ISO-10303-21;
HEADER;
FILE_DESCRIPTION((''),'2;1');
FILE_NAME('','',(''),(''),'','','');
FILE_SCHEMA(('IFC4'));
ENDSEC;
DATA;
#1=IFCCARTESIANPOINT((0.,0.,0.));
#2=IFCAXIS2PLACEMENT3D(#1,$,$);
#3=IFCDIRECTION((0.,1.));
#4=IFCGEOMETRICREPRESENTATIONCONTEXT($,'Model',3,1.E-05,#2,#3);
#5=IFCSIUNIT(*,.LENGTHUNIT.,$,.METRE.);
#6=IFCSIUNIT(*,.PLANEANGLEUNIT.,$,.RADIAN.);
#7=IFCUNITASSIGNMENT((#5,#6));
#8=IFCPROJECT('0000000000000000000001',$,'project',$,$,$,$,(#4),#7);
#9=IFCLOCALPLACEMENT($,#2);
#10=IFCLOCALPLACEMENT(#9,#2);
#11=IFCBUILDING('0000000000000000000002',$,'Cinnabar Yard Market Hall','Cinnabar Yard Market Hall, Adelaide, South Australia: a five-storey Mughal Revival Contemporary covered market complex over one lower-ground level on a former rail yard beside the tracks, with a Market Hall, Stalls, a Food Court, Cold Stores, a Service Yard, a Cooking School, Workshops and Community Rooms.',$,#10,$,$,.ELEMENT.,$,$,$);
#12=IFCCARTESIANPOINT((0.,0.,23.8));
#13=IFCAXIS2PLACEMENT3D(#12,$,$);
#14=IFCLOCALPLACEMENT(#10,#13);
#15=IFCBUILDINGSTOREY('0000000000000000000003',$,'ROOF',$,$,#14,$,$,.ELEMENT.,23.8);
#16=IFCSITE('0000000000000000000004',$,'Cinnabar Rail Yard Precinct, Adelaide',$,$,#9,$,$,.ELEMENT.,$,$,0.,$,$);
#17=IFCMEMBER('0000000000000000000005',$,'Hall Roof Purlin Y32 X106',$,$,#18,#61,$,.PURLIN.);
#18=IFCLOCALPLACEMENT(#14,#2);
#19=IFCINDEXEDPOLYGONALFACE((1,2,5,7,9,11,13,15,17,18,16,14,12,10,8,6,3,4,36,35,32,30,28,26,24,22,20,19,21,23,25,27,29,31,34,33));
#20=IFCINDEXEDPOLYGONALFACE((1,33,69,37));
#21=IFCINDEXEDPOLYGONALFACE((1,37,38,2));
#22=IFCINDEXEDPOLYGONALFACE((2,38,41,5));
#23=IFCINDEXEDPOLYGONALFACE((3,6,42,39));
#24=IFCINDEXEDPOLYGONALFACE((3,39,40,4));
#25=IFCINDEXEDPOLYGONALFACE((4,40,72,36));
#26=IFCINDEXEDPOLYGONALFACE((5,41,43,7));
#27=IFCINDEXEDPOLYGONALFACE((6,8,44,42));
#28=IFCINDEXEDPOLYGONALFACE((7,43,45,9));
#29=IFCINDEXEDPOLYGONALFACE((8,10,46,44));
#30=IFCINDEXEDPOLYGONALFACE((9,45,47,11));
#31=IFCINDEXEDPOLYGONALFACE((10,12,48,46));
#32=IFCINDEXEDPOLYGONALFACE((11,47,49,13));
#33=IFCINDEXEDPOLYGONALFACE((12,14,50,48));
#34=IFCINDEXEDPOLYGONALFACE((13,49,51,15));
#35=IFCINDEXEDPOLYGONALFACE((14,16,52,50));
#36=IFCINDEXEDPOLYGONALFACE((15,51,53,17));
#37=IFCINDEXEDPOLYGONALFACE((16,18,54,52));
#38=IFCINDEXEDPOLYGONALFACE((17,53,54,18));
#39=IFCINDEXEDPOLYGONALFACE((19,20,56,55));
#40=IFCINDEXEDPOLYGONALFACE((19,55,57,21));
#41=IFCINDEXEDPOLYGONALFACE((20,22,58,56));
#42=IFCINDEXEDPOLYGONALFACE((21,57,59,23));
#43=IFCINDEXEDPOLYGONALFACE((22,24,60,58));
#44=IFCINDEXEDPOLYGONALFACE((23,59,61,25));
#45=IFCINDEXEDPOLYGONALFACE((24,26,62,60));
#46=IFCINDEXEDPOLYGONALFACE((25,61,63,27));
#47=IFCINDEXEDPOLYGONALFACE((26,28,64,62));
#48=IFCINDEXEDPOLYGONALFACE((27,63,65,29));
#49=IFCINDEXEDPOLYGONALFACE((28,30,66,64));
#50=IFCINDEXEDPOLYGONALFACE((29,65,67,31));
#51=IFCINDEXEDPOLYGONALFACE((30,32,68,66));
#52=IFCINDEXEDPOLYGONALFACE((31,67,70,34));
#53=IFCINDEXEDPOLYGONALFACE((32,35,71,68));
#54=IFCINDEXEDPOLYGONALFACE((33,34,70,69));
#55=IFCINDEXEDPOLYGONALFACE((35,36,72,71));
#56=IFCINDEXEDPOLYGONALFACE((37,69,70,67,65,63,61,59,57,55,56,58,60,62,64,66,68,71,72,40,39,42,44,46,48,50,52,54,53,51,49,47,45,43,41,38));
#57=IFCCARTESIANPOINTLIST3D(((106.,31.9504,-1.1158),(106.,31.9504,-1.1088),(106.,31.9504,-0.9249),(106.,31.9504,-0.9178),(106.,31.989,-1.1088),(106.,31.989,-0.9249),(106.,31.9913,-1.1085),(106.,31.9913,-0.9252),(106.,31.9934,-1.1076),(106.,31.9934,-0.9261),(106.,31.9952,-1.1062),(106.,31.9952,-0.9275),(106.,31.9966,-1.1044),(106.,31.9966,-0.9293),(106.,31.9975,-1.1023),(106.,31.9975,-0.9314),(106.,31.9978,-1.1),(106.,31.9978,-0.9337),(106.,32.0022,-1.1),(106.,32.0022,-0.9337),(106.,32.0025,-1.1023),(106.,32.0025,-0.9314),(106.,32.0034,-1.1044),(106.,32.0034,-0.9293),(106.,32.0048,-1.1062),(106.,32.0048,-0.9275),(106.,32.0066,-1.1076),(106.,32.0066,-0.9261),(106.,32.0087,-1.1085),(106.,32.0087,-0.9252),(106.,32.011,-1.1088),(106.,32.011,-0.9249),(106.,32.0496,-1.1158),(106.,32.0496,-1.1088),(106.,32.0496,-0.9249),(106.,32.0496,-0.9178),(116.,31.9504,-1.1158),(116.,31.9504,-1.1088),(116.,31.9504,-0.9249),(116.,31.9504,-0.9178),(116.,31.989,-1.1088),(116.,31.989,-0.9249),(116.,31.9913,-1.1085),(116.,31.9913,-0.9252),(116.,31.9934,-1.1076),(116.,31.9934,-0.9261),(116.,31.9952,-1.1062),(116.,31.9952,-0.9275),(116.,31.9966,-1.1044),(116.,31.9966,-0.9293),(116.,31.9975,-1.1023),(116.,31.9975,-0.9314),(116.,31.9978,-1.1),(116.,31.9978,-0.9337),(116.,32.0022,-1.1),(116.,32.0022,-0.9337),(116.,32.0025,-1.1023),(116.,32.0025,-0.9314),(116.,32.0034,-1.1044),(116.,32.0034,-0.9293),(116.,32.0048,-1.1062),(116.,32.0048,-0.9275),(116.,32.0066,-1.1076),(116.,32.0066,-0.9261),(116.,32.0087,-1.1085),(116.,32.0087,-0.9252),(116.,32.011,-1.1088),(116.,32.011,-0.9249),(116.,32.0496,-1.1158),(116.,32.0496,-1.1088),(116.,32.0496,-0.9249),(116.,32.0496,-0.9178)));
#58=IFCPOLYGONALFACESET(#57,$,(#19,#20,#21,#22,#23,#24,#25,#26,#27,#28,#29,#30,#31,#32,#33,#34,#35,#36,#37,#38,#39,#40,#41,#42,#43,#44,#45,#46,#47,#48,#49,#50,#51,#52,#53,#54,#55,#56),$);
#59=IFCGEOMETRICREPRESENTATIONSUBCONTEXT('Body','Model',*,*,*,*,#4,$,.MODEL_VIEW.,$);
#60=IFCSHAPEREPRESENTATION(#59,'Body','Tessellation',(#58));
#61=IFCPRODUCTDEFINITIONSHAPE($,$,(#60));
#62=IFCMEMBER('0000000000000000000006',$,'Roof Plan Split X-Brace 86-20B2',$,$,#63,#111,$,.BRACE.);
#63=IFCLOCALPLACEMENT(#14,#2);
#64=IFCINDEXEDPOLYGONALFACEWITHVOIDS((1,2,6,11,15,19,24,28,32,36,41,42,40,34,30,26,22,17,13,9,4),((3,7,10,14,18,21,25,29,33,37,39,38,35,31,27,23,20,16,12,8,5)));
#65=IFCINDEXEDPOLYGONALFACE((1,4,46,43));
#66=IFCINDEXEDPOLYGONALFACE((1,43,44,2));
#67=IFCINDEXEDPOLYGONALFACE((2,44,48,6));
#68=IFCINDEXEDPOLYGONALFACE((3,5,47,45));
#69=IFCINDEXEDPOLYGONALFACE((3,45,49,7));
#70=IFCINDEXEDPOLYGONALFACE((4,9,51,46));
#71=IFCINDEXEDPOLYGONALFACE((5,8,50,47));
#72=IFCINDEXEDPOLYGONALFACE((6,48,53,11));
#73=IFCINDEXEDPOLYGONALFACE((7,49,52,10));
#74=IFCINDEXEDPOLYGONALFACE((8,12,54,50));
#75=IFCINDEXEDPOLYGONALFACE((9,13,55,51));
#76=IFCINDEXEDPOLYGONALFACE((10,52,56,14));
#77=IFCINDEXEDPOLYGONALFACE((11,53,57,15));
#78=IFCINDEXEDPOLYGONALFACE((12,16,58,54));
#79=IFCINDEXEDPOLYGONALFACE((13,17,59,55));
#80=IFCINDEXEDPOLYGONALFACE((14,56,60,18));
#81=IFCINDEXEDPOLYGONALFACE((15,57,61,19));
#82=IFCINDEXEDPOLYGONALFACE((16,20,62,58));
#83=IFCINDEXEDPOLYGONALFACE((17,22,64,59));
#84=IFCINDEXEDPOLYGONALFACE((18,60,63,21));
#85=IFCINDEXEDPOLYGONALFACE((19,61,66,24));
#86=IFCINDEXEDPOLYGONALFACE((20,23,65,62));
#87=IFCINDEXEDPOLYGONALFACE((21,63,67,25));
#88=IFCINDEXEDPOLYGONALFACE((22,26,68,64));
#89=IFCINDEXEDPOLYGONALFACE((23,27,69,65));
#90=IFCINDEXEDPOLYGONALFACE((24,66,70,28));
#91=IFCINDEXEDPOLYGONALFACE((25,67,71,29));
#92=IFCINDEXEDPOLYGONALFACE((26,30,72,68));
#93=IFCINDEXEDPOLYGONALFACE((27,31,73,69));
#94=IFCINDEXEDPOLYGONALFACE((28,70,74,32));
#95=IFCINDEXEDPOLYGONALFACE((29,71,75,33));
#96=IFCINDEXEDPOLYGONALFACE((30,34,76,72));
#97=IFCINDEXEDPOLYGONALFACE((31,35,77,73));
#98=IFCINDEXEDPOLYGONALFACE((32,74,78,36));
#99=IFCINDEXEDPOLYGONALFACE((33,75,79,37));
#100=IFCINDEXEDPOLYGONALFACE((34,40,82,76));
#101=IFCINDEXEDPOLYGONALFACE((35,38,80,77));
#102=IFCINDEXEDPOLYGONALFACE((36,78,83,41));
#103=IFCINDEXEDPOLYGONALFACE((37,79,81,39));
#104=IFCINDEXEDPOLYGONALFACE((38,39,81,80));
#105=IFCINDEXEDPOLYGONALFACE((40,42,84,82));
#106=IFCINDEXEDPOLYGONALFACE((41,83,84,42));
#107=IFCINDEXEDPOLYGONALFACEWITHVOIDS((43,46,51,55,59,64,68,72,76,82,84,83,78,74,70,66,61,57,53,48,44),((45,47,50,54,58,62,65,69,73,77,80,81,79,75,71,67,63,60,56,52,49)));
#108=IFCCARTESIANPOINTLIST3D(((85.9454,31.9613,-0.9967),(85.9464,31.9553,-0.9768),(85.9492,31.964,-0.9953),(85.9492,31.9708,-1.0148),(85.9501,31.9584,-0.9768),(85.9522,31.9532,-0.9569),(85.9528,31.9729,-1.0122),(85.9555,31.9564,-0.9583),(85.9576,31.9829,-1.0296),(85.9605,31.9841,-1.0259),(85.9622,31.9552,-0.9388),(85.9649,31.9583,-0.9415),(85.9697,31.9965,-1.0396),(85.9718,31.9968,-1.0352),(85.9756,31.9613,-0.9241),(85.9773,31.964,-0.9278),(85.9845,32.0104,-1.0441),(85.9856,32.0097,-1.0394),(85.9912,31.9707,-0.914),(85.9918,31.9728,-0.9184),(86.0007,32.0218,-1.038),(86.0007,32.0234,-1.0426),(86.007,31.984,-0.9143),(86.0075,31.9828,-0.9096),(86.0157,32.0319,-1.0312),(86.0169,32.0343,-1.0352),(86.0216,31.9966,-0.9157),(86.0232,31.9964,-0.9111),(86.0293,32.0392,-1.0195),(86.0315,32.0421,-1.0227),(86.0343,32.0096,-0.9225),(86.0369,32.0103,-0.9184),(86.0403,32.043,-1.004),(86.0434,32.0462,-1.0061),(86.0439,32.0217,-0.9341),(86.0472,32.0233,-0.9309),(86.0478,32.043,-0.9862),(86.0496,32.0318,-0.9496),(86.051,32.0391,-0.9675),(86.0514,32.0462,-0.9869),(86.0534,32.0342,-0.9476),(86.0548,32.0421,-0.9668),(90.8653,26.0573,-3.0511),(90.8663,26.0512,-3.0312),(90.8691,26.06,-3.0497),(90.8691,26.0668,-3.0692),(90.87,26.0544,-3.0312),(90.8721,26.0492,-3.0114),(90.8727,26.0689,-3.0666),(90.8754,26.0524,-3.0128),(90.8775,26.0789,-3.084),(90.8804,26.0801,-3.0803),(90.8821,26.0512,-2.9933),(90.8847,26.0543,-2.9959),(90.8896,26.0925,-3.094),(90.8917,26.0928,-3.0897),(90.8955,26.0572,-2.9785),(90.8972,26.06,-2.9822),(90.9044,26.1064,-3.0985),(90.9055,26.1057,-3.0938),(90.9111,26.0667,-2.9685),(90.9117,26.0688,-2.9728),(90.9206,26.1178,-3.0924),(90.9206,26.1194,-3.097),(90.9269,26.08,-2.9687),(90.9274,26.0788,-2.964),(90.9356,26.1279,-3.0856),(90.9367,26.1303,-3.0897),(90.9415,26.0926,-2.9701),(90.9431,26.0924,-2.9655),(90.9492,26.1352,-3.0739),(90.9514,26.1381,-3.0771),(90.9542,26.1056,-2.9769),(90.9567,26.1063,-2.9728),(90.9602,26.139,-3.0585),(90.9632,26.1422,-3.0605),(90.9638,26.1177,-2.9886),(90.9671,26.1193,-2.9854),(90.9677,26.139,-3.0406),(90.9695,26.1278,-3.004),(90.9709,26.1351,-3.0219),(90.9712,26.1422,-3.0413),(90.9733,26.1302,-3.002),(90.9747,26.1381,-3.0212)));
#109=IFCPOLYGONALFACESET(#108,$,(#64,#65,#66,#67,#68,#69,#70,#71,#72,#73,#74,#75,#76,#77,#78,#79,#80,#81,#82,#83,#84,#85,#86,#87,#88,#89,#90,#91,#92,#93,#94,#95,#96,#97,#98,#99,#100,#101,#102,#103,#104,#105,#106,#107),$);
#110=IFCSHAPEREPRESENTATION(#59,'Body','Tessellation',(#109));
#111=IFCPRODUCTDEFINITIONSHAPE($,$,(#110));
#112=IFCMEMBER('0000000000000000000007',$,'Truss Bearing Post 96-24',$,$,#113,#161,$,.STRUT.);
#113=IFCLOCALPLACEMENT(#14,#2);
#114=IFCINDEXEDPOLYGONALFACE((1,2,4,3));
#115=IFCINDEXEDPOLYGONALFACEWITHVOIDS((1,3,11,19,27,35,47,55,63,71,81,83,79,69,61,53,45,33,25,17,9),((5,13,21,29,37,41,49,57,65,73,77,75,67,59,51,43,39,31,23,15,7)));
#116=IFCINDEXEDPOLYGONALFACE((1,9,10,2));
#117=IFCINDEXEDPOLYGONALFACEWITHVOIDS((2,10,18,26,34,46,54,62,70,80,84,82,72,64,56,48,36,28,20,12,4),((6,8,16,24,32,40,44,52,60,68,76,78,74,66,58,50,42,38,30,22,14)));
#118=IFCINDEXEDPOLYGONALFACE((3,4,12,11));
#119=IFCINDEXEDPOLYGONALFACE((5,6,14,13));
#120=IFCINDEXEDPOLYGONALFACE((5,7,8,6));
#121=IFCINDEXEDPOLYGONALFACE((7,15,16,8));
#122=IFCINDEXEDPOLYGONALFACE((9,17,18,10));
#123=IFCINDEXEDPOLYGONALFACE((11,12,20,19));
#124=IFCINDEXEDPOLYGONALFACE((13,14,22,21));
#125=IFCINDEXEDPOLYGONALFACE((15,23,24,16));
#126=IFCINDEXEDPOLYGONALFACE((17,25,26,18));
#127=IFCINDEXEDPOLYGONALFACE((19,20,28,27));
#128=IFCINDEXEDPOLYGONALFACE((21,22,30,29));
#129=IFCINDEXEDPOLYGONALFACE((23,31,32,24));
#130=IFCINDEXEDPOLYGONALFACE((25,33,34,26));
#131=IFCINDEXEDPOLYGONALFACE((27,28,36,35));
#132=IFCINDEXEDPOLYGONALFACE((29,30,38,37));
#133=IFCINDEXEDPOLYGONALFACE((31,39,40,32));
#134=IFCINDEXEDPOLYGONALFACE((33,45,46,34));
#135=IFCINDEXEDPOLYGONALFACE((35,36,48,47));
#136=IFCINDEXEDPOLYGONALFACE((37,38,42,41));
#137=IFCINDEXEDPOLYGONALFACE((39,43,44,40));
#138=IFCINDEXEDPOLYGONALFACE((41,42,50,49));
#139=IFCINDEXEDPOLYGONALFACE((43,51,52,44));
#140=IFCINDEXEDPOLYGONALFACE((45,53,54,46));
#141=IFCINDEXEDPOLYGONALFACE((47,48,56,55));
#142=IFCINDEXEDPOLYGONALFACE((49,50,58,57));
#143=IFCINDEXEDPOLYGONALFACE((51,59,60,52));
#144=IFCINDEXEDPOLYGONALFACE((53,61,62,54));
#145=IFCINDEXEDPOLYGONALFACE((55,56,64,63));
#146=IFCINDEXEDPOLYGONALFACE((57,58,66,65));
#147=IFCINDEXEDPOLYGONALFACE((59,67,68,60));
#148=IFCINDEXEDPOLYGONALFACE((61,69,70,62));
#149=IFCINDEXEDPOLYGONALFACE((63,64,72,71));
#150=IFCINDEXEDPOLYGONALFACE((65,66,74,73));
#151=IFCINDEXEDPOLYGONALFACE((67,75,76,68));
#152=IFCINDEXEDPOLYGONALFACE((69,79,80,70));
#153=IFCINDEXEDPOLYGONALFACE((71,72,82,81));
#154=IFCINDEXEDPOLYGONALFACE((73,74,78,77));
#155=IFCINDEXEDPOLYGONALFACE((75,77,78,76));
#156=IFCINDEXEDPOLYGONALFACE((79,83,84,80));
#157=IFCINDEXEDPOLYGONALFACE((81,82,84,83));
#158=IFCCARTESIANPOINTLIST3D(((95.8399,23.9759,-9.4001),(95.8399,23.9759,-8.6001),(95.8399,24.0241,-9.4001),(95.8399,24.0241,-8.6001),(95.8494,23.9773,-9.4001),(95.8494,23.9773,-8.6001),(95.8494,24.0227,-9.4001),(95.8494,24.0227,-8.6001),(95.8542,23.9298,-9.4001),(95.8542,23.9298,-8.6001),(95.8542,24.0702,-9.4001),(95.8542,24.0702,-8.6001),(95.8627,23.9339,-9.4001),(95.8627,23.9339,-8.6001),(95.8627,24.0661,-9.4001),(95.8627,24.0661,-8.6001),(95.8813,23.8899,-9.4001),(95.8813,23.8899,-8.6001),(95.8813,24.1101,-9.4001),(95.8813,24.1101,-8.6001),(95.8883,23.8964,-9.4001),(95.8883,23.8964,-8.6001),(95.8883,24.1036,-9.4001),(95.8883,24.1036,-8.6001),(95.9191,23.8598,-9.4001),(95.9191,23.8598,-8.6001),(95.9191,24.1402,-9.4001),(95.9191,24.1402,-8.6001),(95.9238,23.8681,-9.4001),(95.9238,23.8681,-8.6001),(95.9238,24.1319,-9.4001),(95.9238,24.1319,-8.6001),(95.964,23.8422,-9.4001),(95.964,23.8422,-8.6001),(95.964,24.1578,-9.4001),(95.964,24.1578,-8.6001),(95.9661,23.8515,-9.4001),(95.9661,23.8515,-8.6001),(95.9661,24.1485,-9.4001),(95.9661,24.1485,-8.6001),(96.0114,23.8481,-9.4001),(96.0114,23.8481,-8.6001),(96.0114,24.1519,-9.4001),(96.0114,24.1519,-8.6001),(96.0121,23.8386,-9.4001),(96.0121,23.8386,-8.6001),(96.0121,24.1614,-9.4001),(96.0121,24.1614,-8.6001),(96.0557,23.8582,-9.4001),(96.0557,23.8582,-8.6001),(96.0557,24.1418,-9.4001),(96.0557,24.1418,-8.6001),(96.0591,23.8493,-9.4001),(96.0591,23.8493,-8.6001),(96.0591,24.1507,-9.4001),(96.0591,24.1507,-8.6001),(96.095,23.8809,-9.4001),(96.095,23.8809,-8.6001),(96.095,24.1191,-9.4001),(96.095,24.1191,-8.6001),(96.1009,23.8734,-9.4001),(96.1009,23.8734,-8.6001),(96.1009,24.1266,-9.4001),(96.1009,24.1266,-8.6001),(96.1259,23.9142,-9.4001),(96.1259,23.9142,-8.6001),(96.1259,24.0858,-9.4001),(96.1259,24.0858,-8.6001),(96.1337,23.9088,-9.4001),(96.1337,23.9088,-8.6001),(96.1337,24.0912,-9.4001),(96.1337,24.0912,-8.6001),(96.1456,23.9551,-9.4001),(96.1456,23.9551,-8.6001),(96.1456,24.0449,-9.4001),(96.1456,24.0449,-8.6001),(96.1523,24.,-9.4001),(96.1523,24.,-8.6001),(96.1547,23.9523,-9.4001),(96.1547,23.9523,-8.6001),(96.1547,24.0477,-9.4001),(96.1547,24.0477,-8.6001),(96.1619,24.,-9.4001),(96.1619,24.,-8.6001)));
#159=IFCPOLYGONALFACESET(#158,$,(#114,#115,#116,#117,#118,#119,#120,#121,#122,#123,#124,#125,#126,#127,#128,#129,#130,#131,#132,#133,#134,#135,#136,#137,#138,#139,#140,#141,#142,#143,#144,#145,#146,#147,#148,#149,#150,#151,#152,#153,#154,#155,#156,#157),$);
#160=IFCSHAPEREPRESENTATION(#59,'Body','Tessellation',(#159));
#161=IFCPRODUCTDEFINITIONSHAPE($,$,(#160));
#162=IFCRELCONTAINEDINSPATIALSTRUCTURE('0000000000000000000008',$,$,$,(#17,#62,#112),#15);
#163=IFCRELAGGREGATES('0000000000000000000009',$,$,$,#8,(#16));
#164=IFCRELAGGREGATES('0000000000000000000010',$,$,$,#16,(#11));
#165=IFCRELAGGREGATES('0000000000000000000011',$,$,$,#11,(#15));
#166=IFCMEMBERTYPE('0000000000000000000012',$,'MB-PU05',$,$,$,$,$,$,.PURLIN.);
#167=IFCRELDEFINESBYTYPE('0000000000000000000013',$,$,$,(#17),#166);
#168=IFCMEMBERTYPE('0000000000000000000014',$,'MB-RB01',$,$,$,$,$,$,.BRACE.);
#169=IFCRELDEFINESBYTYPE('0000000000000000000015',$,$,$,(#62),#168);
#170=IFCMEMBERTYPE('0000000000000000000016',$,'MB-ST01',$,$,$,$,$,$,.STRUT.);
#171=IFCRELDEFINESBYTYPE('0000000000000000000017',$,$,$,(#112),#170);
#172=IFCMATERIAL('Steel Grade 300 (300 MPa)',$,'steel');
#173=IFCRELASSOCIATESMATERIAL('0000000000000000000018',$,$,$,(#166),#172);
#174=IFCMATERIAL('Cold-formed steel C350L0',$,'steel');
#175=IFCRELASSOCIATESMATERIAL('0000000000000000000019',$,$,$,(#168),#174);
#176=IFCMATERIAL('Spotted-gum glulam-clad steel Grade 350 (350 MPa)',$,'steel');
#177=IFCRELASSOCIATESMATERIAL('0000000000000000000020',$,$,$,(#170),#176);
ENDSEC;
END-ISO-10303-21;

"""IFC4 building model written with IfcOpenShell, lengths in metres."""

from ifc_helpers import new_model, si_unit, direction, frame, origin, origin_2d_with_axis, place, context, subcontext, project, spatial, hollow_circle, i_section, extrude, material, material_profile, profile_set, type_object, element, save


model = new_model("IFC4")

# Units and contexts
model_context = context("Model", 3, precision=1e-05, world=origin(), true_north=direction((0.0, 1.0)))
body_context = subcontext(model_context, "Body", "Model", "MODEL_VIEW")
ifc_project = project(units=[si_unit("LENGTHUNIT", "METRE"), si_unit("PLANEANGLEUNIT", "RADIAN")], contexts=[model_context])

# Site, building, storey
site_placement = place(None, origin())
site = spatial("IfcSite", under=ifc_project, at=site_placement, Name="Cinnabar Rail Yard Precinct, Adelaide", CompositionType="ELEMENT", RefElevation=0.0)
building_placement = place(site_placement, origin())
building = spatial("IfcBuilding", under=site, at=building_placement, Name="Cinnabar Yard Market Hall", Description="Cinnabar Yard Market Hall, Adelaide, South Australia: a five-storey Mughal Revival Contemporary covered market complex over one lower-ground level on a former rail yard beside the tracks, with a Market Hall, Stalls, a Food Court, Cold Stores, a Service Yard, a Cooking School, Workshops and Community Rooms.", CompositionType="ELEMENT")
storey_placement = place(building_placement, frame((0.0, 0.0, 23.8)))
storey = spatial("IfcBuildingStorey", under=building, at=storey_placement, Name="ROOF", CompositionType="ELEMENT", Elevation=23.8)

# Shared definitions
ifc_material_1 = material(Name="Steel Grade 300 (300 MPa)", Category="steel")

# Members
ifc_material_2 = material(Name="Cold-formed steel C350L0", Category="steel")
ifc_material_profile_1 = material_profile(ifc_material_1, i_section(OverallWidth=0.0991, OverallDepth=0.198, WebThickness=0.0044, FlangeThickness=0.0071, FilletRadius=0.0088, at=origin_2d_with_axis()), Name="200UB18.2")
ifc_profile_set_1 = profile_set([ifc_material_profile_1], Name="Steel Grade 300 (300 MPa)")
member_type_1 = type_object("IfcMemberType", Name="MB-PU05", PredefinedType="PURLIN", material=ifc_profile_set_1)
for number, where, z_axis, x_axis, name in (
    (1, (106.0, 32.0, -1.0168), (1.0, 0.0, 0.0), (0.0, 1.0, 0.0), "Hall Roof Purlin Y32 X106"),
):
    element("IfcMember", number, at=place(storey_placement, frame(where, z_axis=z_axis, x_axis=x_axis)), inside=storey, type_object=member_type_1, Name=name, PredefinedType="PURLIN", context=body_context, shape_type="SweptSolid", body=[
        extrude(i_section(OverallWidth=0.0991, OverallDepth=0.198, WebThickness=0.0044, FlangeThickness=0.0071, FilletRadius=0.0088, at=origin_2d_with_axis()), origin(), (0.0, 0.0, 1.0), 10.0),
    ])
ifc_material_profile_2 = material_profile(ifc_material_2, hollow_circle(Radius=0.0698, WallThickness=0.0049, at=origin_2d_with_axis()), Name="139.7x5.0CHS")
ifc_profile_set_2 = profile_set([ifc_material_profile_2], Name="Cold-formed steel C350L0")
member_type_2 = type_object("IfcMemberType", Name="MB-RB01", PredefinedType="BRACE", material=ifc_profile_set_2)
member_1_placement = place(storey_placement, frame((90.9199, 26.0959, -3.0312), z_axis=(-0.618458, 0.742169, 0.258254), x_axis=(-0.768229, -0.640175, 0.0)))
element("IfcMember", 2, at=member_1_placement, inside=storey, type_object=member_type_2, Name="Roof Plan Split X-Brace 86-20B2", PredefinedType="BRACE", context=body_context, shape_type="SweptSolid", body=[
    extrude(hollow_circle(Radius=0.0698, WallThickness=0.0049, at=origin_2d_with_axis()), origin(), (0.0, 0.0, 1.0), 7.9551),
])
ifc_material_3 = material(Name="Spotted-gum glulam-clad steel Grade 350 (350 MPa)", Category="steel")
ifc_material_profile_3 = material_profile(ifc_material_3, hollow_circle(Radius=0.1619, WallThickness=0.0095, at=origin_2d_with_axis()), Name="323.9x9.5CHS")
ifc_profile_set_3 = profile_set([ifc_material_profile_3], Name="Spotted-gum glulam-clad steel Grade 350 (350 MPa)")
member_type_3 = type_object("IfcMemberType", Name="MB-ST01", PredefinedType="STRUT", material=ifc_profile_set_3)
member_2_placement = place(storey_placement, frame((96.0, 24.0, -9.4001), z_axis=(0.0, 0.0, 1.0), x_axis=(1.0, 0.0, 0.0)))
element("IfcMember", 3, at=member_2_placement, inside=storey, type_object=member_type_3, Name="Truss Bearing Post 96-24", PredefinedType="STRUT", context=body_context, shape_type="SweptSolid", body=[
    extrude(hollow_circle(Radius=0.1619, WallThickness=0.0095, at=origin_2d_with_axis()), origin(), (0.0, 0.0, 1.0), 0.8),
])

save(model, "model.ifc")
